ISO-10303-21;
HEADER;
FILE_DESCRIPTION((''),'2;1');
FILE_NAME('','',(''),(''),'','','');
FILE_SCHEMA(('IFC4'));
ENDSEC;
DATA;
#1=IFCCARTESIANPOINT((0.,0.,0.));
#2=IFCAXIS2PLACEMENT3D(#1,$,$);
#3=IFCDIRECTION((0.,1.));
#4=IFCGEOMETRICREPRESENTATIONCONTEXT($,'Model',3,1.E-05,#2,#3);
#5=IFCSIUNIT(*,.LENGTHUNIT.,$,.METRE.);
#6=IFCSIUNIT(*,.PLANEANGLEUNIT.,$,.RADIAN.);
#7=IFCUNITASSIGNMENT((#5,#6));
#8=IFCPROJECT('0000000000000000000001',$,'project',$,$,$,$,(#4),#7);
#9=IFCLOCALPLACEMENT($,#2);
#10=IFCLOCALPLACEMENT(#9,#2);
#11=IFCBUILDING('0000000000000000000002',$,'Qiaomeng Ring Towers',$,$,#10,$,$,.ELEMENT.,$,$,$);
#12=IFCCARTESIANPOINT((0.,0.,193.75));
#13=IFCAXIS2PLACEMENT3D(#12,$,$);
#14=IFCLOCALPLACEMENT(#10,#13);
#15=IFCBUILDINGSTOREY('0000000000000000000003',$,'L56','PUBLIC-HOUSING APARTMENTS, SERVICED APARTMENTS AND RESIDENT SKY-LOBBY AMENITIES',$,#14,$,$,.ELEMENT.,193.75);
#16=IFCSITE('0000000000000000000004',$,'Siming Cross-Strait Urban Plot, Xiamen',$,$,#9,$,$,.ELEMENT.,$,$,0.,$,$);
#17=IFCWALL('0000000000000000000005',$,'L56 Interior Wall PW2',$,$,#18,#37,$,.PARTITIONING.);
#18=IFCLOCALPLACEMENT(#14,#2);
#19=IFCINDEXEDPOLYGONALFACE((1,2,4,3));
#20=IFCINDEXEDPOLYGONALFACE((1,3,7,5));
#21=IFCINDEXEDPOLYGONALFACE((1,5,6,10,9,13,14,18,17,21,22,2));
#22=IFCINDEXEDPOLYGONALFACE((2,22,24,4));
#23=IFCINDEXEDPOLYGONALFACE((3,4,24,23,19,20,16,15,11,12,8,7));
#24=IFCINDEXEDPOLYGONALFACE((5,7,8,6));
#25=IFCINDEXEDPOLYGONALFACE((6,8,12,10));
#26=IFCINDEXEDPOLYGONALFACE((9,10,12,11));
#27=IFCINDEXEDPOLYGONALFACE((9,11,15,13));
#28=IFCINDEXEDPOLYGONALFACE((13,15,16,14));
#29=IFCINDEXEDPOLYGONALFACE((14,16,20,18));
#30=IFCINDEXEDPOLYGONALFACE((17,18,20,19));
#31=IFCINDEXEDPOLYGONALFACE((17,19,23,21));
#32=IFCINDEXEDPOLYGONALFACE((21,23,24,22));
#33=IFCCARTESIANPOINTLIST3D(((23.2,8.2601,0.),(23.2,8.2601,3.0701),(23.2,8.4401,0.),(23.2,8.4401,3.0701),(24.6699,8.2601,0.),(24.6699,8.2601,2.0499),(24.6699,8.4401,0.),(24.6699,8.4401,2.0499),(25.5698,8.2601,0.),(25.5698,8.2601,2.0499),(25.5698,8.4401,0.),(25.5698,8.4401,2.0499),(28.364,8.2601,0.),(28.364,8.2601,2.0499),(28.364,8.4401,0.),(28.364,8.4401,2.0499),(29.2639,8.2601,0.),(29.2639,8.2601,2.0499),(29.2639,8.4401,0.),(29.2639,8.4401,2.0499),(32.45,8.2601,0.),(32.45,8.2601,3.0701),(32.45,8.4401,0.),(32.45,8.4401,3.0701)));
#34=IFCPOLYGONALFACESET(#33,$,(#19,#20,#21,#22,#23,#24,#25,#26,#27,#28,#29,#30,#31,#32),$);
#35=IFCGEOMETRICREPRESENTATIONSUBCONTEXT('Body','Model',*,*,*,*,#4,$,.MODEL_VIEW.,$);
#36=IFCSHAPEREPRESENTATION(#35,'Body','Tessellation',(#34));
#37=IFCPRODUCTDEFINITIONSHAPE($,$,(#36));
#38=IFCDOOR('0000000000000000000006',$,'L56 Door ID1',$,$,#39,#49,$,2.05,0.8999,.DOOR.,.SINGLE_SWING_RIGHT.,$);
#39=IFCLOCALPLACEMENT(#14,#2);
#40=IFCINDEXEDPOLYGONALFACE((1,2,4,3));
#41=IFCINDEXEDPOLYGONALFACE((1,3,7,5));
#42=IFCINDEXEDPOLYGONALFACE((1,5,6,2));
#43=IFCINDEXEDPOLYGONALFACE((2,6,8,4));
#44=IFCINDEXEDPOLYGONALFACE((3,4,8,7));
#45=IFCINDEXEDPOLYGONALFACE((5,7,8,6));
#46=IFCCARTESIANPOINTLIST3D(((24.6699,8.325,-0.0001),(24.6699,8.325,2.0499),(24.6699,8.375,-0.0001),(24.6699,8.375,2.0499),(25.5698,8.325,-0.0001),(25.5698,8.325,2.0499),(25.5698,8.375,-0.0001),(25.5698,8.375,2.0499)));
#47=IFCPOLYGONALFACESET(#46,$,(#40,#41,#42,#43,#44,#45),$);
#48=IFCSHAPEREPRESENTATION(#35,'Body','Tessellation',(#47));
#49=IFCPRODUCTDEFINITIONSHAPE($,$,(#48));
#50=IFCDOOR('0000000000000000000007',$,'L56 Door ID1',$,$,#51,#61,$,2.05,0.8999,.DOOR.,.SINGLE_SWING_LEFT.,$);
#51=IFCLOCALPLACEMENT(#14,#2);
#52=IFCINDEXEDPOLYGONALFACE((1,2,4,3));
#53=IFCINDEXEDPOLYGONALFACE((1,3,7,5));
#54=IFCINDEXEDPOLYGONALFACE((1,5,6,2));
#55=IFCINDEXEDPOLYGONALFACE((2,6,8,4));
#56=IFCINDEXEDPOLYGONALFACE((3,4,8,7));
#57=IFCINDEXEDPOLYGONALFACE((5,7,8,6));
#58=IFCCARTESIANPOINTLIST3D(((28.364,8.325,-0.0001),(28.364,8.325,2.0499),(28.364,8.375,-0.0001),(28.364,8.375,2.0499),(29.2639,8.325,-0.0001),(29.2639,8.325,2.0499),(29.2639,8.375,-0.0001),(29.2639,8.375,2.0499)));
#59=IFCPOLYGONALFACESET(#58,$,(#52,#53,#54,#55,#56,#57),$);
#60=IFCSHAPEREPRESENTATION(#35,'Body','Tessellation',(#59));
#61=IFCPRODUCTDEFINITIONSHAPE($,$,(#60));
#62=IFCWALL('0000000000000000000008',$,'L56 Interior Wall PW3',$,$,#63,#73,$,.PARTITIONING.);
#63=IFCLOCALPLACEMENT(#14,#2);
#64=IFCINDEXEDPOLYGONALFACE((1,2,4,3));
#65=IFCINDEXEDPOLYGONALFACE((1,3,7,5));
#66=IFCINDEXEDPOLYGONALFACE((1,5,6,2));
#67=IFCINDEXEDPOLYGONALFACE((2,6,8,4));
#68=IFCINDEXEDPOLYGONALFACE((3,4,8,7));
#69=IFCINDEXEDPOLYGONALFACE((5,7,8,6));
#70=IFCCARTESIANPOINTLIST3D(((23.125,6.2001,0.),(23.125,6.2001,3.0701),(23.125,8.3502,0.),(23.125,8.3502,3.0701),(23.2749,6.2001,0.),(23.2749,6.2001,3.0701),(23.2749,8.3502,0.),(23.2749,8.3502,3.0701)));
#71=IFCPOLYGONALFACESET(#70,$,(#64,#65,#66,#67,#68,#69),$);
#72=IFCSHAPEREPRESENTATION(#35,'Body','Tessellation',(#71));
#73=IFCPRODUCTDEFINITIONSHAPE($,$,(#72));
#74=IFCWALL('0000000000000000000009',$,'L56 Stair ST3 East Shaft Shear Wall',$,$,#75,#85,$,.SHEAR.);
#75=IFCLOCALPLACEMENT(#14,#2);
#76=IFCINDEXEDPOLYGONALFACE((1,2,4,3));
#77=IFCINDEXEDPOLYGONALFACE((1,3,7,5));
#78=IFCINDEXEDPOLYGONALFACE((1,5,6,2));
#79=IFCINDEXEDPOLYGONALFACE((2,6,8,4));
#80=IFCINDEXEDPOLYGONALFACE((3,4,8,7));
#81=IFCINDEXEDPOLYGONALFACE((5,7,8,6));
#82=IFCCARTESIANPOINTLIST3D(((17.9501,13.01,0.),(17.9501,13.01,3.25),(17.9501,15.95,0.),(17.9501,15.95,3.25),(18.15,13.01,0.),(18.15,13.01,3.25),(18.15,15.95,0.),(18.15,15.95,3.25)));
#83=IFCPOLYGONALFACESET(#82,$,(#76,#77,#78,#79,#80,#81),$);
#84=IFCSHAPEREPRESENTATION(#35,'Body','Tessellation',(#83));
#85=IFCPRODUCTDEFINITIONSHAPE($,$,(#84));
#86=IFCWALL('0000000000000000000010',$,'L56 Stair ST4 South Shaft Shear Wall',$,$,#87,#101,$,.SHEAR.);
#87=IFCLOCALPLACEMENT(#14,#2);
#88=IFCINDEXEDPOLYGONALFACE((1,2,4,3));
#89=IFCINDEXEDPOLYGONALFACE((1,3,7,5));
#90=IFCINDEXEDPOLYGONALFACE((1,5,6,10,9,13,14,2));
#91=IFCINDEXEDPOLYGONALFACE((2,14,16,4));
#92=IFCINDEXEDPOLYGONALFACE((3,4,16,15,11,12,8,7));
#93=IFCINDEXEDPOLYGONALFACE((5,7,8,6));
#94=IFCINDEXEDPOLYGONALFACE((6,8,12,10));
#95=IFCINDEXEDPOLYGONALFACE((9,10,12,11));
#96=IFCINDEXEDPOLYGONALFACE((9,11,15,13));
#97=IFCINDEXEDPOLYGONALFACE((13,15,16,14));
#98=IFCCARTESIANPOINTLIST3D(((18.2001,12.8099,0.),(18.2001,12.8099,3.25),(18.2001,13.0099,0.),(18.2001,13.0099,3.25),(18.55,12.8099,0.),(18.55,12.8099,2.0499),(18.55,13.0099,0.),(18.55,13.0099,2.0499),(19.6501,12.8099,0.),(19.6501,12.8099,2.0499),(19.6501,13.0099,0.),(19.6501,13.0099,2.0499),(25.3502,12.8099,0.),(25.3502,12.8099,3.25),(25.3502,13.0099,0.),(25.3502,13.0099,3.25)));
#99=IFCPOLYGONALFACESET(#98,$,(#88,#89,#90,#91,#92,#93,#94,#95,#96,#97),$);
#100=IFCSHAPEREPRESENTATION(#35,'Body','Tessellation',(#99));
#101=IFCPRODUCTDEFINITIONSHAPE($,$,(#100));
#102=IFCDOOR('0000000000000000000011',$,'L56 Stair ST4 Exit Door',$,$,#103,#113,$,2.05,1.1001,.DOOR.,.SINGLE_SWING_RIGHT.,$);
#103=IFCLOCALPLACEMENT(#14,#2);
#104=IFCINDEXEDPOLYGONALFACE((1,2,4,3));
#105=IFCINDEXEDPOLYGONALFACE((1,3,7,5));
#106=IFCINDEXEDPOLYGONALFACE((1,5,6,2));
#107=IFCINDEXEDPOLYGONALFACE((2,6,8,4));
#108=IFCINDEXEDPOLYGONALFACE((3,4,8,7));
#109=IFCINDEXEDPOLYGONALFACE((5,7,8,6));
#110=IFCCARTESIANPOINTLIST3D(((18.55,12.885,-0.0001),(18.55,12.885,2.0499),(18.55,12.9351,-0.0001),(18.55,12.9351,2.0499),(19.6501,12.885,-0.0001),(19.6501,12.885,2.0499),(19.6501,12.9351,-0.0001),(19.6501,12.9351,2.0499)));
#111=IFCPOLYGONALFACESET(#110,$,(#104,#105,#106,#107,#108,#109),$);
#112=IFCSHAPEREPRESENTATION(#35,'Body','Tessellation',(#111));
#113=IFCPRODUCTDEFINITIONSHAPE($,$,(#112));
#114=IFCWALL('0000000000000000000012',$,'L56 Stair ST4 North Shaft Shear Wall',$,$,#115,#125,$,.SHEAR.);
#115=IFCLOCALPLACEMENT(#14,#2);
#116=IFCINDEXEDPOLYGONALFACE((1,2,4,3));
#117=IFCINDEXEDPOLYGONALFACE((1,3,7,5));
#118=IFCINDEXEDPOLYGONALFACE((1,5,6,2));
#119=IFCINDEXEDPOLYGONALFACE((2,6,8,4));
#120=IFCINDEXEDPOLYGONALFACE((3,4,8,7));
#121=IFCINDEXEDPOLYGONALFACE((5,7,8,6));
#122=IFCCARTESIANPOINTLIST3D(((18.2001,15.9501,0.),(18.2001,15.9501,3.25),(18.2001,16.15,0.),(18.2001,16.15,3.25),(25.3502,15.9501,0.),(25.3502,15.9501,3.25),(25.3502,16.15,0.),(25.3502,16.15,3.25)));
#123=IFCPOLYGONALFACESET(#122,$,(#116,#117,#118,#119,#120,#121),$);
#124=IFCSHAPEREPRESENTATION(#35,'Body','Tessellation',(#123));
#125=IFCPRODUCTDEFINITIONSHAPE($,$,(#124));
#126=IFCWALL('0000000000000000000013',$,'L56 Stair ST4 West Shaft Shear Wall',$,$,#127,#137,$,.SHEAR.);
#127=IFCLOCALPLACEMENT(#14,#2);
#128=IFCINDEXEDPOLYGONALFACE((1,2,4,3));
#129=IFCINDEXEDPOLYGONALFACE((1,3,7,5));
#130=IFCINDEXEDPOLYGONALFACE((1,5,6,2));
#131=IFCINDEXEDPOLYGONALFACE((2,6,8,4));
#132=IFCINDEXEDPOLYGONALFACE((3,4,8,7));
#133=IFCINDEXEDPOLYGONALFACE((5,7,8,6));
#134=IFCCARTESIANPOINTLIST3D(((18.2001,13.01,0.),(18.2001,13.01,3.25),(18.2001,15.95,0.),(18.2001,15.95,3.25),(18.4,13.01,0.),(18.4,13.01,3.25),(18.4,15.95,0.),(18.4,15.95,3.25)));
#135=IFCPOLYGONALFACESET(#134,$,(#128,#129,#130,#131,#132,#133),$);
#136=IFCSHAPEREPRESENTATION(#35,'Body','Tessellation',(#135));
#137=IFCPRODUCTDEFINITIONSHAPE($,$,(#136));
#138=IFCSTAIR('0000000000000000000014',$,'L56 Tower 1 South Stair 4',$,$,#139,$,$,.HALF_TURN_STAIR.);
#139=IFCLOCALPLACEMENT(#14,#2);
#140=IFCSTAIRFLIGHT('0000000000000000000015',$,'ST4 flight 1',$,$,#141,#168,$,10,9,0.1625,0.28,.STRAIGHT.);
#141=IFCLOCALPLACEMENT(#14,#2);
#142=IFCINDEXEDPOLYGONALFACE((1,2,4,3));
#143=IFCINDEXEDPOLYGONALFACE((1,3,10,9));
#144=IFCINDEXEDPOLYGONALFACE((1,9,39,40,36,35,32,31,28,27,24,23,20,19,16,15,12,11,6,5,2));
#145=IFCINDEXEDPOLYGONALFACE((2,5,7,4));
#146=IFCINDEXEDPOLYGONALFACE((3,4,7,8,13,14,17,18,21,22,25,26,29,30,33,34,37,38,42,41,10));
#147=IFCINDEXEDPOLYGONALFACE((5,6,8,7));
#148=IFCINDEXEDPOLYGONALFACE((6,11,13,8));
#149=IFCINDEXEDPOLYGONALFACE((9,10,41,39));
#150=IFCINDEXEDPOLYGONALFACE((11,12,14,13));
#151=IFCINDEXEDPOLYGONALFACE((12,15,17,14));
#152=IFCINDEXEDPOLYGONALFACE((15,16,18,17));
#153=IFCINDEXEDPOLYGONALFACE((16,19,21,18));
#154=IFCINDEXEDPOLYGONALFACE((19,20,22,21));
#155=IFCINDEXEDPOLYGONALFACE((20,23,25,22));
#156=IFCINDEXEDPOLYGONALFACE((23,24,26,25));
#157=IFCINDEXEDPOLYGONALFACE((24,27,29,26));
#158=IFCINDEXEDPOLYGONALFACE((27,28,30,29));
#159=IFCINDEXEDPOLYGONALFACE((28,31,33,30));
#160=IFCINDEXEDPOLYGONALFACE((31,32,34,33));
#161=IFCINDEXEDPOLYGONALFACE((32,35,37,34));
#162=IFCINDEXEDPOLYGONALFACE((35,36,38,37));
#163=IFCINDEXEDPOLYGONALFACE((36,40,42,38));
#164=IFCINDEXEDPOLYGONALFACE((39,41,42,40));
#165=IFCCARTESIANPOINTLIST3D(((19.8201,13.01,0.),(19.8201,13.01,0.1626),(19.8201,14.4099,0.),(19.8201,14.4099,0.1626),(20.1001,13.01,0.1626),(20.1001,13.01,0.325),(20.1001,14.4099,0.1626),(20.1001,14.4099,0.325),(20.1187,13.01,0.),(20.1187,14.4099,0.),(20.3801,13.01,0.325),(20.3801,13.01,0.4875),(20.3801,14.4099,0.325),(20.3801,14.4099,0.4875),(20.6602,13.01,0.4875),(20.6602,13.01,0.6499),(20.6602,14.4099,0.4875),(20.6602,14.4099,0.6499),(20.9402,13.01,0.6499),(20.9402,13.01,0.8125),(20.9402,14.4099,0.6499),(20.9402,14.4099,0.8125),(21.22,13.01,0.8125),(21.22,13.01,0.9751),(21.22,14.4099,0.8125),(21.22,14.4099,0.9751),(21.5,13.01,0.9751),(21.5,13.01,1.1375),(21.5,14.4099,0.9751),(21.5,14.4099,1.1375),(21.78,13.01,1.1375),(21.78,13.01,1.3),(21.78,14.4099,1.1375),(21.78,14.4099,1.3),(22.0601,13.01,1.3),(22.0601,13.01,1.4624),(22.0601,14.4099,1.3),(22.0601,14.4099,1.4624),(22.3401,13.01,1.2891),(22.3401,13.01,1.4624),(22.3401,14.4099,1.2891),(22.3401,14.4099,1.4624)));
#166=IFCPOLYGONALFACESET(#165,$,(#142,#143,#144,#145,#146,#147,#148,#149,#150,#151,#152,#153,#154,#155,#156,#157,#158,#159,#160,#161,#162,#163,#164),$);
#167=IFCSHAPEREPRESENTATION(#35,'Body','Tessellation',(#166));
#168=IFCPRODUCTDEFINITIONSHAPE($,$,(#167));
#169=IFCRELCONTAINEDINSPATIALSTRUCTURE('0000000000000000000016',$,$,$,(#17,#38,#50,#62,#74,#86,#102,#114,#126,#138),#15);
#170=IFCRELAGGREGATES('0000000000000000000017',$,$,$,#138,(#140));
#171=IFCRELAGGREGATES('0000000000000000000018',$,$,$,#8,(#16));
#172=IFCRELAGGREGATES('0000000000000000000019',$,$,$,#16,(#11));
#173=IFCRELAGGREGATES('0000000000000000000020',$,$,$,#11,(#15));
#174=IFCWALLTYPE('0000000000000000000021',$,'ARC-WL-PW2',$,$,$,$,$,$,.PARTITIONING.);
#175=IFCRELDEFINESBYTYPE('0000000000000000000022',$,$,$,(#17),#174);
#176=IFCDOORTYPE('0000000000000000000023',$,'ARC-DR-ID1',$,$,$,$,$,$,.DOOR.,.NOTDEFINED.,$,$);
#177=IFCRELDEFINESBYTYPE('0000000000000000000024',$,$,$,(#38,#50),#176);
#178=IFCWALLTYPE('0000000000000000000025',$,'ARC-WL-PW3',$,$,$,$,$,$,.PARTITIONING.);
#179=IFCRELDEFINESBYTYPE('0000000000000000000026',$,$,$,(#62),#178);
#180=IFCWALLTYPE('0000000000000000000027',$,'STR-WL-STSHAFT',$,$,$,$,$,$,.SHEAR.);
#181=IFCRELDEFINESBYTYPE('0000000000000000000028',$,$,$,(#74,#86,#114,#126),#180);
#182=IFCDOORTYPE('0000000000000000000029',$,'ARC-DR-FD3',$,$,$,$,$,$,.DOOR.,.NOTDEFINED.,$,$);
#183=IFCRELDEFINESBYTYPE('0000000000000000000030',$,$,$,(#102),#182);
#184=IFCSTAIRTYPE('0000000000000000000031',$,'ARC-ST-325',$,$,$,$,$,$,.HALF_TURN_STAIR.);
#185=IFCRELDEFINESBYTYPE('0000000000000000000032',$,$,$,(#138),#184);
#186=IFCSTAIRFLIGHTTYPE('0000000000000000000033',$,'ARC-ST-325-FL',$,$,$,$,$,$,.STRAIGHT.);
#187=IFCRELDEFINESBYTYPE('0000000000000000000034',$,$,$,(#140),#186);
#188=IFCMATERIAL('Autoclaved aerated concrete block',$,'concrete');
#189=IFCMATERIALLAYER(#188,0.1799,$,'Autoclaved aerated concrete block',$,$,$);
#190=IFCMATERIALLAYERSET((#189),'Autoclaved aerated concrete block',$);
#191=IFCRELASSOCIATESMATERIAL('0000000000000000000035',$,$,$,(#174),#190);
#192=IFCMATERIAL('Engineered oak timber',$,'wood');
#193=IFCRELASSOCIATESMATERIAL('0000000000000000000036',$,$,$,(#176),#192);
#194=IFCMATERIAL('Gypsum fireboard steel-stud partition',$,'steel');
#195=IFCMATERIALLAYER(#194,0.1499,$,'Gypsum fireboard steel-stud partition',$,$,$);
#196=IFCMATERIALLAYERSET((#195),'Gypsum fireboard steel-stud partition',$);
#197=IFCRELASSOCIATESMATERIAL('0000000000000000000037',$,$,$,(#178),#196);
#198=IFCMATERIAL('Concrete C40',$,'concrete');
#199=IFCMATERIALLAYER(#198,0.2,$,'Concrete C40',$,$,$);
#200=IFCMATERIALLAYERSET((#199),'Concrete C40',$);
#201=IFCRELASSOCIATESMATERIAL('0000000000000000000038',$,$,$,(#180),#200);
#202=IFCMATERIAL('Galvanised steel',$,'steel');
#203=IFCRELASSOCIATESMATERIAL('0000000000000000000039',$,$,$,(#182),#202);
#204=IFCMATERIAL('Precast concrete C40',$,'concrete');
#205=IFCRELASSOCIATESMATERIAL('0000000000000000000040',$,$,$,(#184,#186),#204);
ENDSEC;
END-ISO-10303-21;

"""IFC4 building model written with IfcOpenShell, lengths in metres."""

from ifc_helpers import new_model, si_unit, direction, frame, frame_2d, origin, place, context, subcontext, project, spatial, polyline, rectangle, outline, extrude, source, transform, mapped, material, layer, layer_set, type_object, element, fill, aggregate, save


model = new_model("IFC4")

# Units and contexts
model_context = context("Model", 3, precision=1e-05, world=origin(), true_north=direction((0.0, 1.0)))
body_context = subcontext(model_context, "Body", "Model", "MODEL_VIEW")
ifc_project = project(units=[si_unit("LENGTHUNIT", "METRE"), si_unit("PLANEANGLEUNIT", "RADIAN")], contexts=[model_context])

# Site, building, storey
site_placement = place(None, origin())
site = spatial("IfcSite", under=ifc_project, at=site_placement, Name="Siming Cross-Strait Urban Plot, Xiamen", CompositionType="ELEMENT", RefElevation=0.0)
building_placement = place(site_placement, origin())
building = spatial("IfcBuilding", under=site, at=building_placement, Name="Qiaomeng Ring Towers", CompositionType="ELEMENT")
storey_placement = place(building_placement, frame((0.0, 0.0, 193.75)))
storey = spatial("IfcBuildingStorey", under=building, at=storey_placement, Name="L56", Description="PUBLIC-HOUSING APARTMENTS, SERVICED APARTMENTS AND RESIDENT SKY-LOBBY AMENITIES", CompositionType="ELEMENT", Elevation=193.75)

# Shared definitions
ifc_material_1 = material(Name="Autoclaved aerated concrete block", Category="concrete")

# Wall, openings, doors
ifc_layer_1 = layer(ifc_material_1, 0.1799, Name="Autoclaved aerated concrete block")
ifc_layer_set_1 = layer_set([ifc_layer_1], Name="Autoclaved aerated concrete block")
wall_type_1 = type_object("IfcWallType", Name="ARC-WL-PW2", PredefinedType="PARTITIONING", material=ifc_layer_set_1)
wall_1_placement = place(storey_placement, frame((23.2, 8.3501, 0.0), z_axis=(0.0, 0.0, 1.0), x_axis=(1.0, 0.0, 0.0)))
wall_1 = element("IfcWall", 1, at=wall_1_placement, inside=storey, type_object=wall_type_1, Name="L56 Interior Wall PW2", PredefinedType="PARTITIONING", context=body_context, shape_type="SweptSolid", body=[
    extrude(rectangle(XDim=9.25, YDim=0.1799, at=frame_2d((4.625, 0.0))), origin(), (0.0, 0.0, 1.0), 3.0701),
])
opening_1_placement = place(wall_1_placement, frame((1.47, 0.0, 0.0)))
opening_1 = element("IfcOpeningElement", 2, at=opening_1_placement, cuts=wall_1, PredefinedType="OPENING", context=body_context, shape_type="SweptSolid", body=[
    extrude(rectangle(XDim=0.8999, YDim=2.05, at=frame_2d((0.45, 1.0249))), frame((0.0, 0.0999, 0.0), z_axis=(0.0, -1.0, 0.0), x_axis=(1.0, 0.0, 0.0)), (0.0, 0.0, 1.0), 0.2),
])
opening_2_placement = place(wall_1_placement, frame((5.1641, 0.0, 0.0)))
opening_2 = element("IfcOpeningElement", 3, at=opening_2_placement, cuts=wall_1, PredefinedType="OPENING", context=body_context, shape_type="SweptSolid", body=[
    extrude(rectangle(XDim=0.8999, YDim=2.05, at=frame_2d((0.45, 1.0249))), frame((0.0, 0.0999, 0.0), z_axis=(0.0, -1.0, 0.0), x_axis=(1.0, 0.0, 0.0)), (0.0, 0.0, 1.0), 0.2),
])
ifc_material_2 = material(Name="Engineered oak timber", Category="wood")
door_type_1 = type_object("IfcDoorType", Name="ARC-DR-ID1", OperationType="NOTDEFINED", PredefinedType="DOOR", material=ifc_material_2)
shared_shape_1 = source(origin(), body_context, "Body", "SweptSolid", [
    extrude(rectangle(XDim=0.8999, YDim=2.05, at=frame_2d((0.45, 1.0249))), frame((0.0, 0.0249, 0.0), z_axis=(0.0, -1.0, 0.0), x_axis=(1.0, 0.0, 0.0)), (0.0, 0.0, 1.0), 0.05),
])
door_1_placement = place(opening_1_placement, origin())
door_1 = element("IfcDoor", 4, at=door_1_placement, inside=storey, type_object=door_type_1, Name="L56 Door ID1", OperationType="SINGLE_SWING_RIGHT", OverallHeight=2.05, OverallWidth=0.8999, PredefinedType="DOOR", context=body_context, shape_type="MappedRepresentation", body=[
    mapped(shared_shape_1, transform((0.0, 0.0, 0.0), x_axis=(1.0, 0.0, 0.0), y_axis=(0.0, 1.0, 0.0), z_axis=(0.0, 0.0, 1.0), scale=1.0)),
])
fill(opening_1, door_1)
door_2_placement = place(opening_2_placement, origin())
door_2 = element("IfcDoor", 5, at=door_2_placement, inside=storey, type_object=door_type_1, Name="L56 Door ID1", OperationType="SINGLE_SWING_LEFT", OverallHeight=2.05, OverallWidth=0.8999, PredefinedType="DOOR", context=body_context, shape_type="MappedRepresentation", body=[
    mapped(shared_shape_1, transform((0.0, 0.0, 0.0), x_axis=(1.0, 0.0, 0.0), y_axis=(0.0, 1.0, 0.0), z_axis=(0.0, 0.0, 1.0), scale=1.0)),
])
fill(opening_2, door_2)

# Walls
ifc_material_3 = material(Name="Gypsum fireboard steel-stud partition", Category="steel")
ifc_layer_2 = layer(ifc_material_3, 0.1499, Name="Gypsum fireboard steel-stud partition")
ifc_layer_set_2 = layer_set([ifc_layer_2], Name="Gypsum fireboard steel-stud partition")
wall_type_2 = type_object("IfcWallType", Name="ARC-WL-PW3", PredefinedType="PARTITIONING", material=ifc_layer_set_2)
wall_2_placement = place(storey_placement, frame((23.2, 6.2, 0.0), z_axis=(0.0, 0.0, 1.0), x_axis=(0.0, 1.0, 0.0)))
element("IfcWall", 6, at=wall_2_placement, inside=storey, type_object=wall_type_2, Name="L56 Interior Wall PW3", PredefinedType="PARTITIONING", context=body_context, shape_type="SweptSolid", body=[
    extrude(rectangle(XDim=2.1501, YDim=0.1499, at=frame_2d((1.0752, 0.0))), origin(), (0.0, 0.0, 1.0), 3.0701),
])
ifc_material_4 = material(Name="Concrete C40", Category="concrete")
ifc_layer_3 = layer(ifc_material_4, 0.2, Name="Concrete C40")
ifc_layer_set_3 = layer_set([ifc_layer_3], Name="Concrete C40")
wall_type_3 = type_object("IfcWallType", Name="STR-WL-STSHAFT", PredefinedType="SHEAR", material=ifc_layer_set_3)
wall_3_placement = place(storey_placement, frame((18.05, 13.01, 0.0), z_axis=(0.0, 0.0, 1.0), x_axis=(0.0, 1.0, 0.0)))
element("IfcWall", 7, at=wall_3_placement, inside=storey, type_object=wall_type_3, Name="L56 Stair ST3 East Shaft Shear Wall", PredefinedType="SHEAR", context=body_context, shape_type="SweptSolid", body=[
    extrude(rectangle(XDim=2.9399, YDim=0.2, at=frame_2d((1.47, 0.0))), origin(), (0.0, 0.0, 1.0), 3.25),
])

# Wall, opening, door
wall_4_placement = place(storey_placement, frame((18.2, 12.9099, 0.0), z_axis=(0.0, 0.0, 1.0), x_axis=(1.0, 0.0, 0.0)))
wall_4 = element("IfcWall", 8, at=wall_4_placement, inside=storey, type_object=wall_type_3, Name="L56 Stair ST4 South Shaft Shear Wall", PredefinedType="SHEAR", context=body_context, shape_type="SweptSolid", body=[
    extrude(rectangle(XDim=7.1501, YDim=0.2, at=frame_2d((3.5752, 0.0))), origin(), (0.0, 0.0, 1.0), 3.25),
])
opening_3_placement = place(wall_4_placement, frame((0.3501, 0.0, 0.0)))
opening_3 = element("IfcOpeningElement", 9, at=opening_3_placement, cuts=wall_4, PredefinedType="OPENING", context=body_context, shape_type="SweptSolid", body=[
    extrude(rectangle(XDim=1.1001, YDim=2.05, at=frame_2d((0.55, 1.0249))), frame((0.0, 0.1099, 0.0), z_axis=(0.0, -1.0, 0.0), x_axis=(1.0, 0.0, 0.0)), (0.0, 0.0, 1.0), 0.22),
])
ifc_material_5 = material(Name="Galvanised steel", Category="steel")
door_type_2 = type_object("IfcDoorType", Name="ARC-DR-FD3", OperationType="NOTDEFINED", PredefinedType="DOOR", material=ifc_material_5)
shared_shape_2 = source(origin(), body_context, "Body", "SweptSolid", [
    extrude(rectangle(XDim=1.1001, YDim=2.05, at=frame_2d((0.55, 1.0249))), frame((0.0, 0.0249, 0.0), z_axis=(0.0, -1.0, 0.0), x_axis=(1.0, 0.0, 0.0)), (0.0, 0.0, 1.0), 0.05),
])
door_3_placement = place(opening_3_placement, frame((1.1001, 0.0, 0.0), z_axis=(0.0, 0.0, 1.0), x_axis=(-1.0, 0.0, 0.0)))
door_3 = element("IfcDoor", 10, at=door_3_placement, inside=storey, type_object=door_type_2, Name="L56 Stair ST4 Exit Door", OperationType="SINGLE_SWING_RIGHT", OverallHeight=2.05, OverallWidth=1.1001, PredefinedType="DOOR", context=body_context, shape_type="MappedRepresentation", body=[
    mapped(shared_shape_2, transform((0.0, 0.0, 0.0), x_axis=(1.0, 0.0, 0.0), y_axis=(0.0, 1.0, 0.0), z_axis=(0.0, 0.0, 1.0), scale=1.0)),
])
fill(opening_3, door_3)

# Walls
wall_5_placement = place(storey_placement, frame((18.2, 16.05, 0.0), z_axis=(0.0, 0.0, 1.0), x_axis=(1.0, 0.0, 0.0)))
element("IfcWall", 11, at=wall_5_placement, inside=storey, type_object=wall_type_3, Name="L56 Stair ST4 North Shaft Shear Wall", PredefinedType="SHEAR", context=body_context, shape_type="SweptSolid", body=[
    extrude(rectangle(XDim=7.1501, YDim=0.2, at=frame_2d((3.5752, 0.0))), origin(), (0.0, 0.0, 1.0), 3.25),
])
wall_6_placement = place(storey_placement, frame((18.3, 13.01, 0.0), z_axis=(0.0, 0.0, 1.0), x_axis=(0.0, 1.0, 0.0)))
element("IfcWall", 12, at=wall_6_placement, inside=storey, type_object=wall_type_3, Name="L56 Stair ST4 West Shaft Shear Wall", PredefinedType="SHEAR", context=body_context, shape_type="SweptSolid", body=[
    extrude(rectangle(XDim=2.9399, YDim=0.2, at=frame_2d((1.47, 0.0))), origin(), (0.0, 0.0, 1.0), 3.25),
])

# Stair, stair flight
ifc_material_6 = material(Name="Precast concrete C40", Category="concrete")
stair_type = type_object("IfcStairType", Name="ARC-ST-325", PredefinedType="HALF_TURN_STAIR", material=ifc_material_6)
stair_placement = place(storey_placement, origin())
stair = element("IfcStair", 13, at=stair_placement, inside=storey, type_object=stair_type, Name="L56 Tower 1 South Stair 4", PredefinedType="HALF_TURN_STAIR")
stair_flight_type = type_object("IfcStairFlightType", Name="ARC-ST-325-FL", PredefinedType="STRAIGHT", material=ifc_material_6)
shared_shape_3 = source(origin(), body_context, "Body", "SweptSolid", [
    extrude(outline(polyline([(0.0, 0.0), (0.0, 0.1626), (0.28, 0.1626), (0.28, 0.325), (0.5601, 0.325), (0.5601, 0.4875), (0.8401, 0.4875), (0.8401, 0.6499), (1.1201, 0.6499), (1.1201, 0.8125), (1.3999, 0.8125), (1.3999, 0.9751), (1.6799, 0.9751), (1.6799, 1.1375), (1.96, 1.1375), (1.96, 1.3), (2.24, 1.3), (2.24, 1.4624), (2.52, 1.4624), (2.52, 1.625), (2.52, 1.2891), (0.2986, 0.0), (0.0, 0.0)])), frame((0.0, 0.7, 0.0), z_axis=(0.0, -1.0, 0.0), x_axis=(1.0, 0.0, 0.0)), (0.0, 0.0, 1.0), 1.3999),
])
stair_flight_1_placement = place(storey_placement, frame((19.8201, 13.71, 0.0), z_axis=(0.0, 0.0, 1.0), x_axis=(1.0, 0.0, 0.0)))
stair_flight_1 = element("IfcStairFlight", 14, at=stair_flight_1_placement, type_object=stair_flight_type, Name="ST4 flight 1", NumberOfRisers=10, NumberOfTreads=9, PredefinedType="STRAIGHT", RiserHeight=0.1625, TreadLength=0.28, context=body_context, shape_type="MappedRepresentation", body=[
    mapped(shared_shape_3, transform((0.0, 0.0, 0.0), x_axis=(1.0, 0.0, 0.0), y_axis=(0.0, 1.0, 0.0), z_axis=(0.0, 0.0, 1.0), scale=1.0)),
])
aggregate(stair, [stair_flight_1])

save(model, "model.ifc")
